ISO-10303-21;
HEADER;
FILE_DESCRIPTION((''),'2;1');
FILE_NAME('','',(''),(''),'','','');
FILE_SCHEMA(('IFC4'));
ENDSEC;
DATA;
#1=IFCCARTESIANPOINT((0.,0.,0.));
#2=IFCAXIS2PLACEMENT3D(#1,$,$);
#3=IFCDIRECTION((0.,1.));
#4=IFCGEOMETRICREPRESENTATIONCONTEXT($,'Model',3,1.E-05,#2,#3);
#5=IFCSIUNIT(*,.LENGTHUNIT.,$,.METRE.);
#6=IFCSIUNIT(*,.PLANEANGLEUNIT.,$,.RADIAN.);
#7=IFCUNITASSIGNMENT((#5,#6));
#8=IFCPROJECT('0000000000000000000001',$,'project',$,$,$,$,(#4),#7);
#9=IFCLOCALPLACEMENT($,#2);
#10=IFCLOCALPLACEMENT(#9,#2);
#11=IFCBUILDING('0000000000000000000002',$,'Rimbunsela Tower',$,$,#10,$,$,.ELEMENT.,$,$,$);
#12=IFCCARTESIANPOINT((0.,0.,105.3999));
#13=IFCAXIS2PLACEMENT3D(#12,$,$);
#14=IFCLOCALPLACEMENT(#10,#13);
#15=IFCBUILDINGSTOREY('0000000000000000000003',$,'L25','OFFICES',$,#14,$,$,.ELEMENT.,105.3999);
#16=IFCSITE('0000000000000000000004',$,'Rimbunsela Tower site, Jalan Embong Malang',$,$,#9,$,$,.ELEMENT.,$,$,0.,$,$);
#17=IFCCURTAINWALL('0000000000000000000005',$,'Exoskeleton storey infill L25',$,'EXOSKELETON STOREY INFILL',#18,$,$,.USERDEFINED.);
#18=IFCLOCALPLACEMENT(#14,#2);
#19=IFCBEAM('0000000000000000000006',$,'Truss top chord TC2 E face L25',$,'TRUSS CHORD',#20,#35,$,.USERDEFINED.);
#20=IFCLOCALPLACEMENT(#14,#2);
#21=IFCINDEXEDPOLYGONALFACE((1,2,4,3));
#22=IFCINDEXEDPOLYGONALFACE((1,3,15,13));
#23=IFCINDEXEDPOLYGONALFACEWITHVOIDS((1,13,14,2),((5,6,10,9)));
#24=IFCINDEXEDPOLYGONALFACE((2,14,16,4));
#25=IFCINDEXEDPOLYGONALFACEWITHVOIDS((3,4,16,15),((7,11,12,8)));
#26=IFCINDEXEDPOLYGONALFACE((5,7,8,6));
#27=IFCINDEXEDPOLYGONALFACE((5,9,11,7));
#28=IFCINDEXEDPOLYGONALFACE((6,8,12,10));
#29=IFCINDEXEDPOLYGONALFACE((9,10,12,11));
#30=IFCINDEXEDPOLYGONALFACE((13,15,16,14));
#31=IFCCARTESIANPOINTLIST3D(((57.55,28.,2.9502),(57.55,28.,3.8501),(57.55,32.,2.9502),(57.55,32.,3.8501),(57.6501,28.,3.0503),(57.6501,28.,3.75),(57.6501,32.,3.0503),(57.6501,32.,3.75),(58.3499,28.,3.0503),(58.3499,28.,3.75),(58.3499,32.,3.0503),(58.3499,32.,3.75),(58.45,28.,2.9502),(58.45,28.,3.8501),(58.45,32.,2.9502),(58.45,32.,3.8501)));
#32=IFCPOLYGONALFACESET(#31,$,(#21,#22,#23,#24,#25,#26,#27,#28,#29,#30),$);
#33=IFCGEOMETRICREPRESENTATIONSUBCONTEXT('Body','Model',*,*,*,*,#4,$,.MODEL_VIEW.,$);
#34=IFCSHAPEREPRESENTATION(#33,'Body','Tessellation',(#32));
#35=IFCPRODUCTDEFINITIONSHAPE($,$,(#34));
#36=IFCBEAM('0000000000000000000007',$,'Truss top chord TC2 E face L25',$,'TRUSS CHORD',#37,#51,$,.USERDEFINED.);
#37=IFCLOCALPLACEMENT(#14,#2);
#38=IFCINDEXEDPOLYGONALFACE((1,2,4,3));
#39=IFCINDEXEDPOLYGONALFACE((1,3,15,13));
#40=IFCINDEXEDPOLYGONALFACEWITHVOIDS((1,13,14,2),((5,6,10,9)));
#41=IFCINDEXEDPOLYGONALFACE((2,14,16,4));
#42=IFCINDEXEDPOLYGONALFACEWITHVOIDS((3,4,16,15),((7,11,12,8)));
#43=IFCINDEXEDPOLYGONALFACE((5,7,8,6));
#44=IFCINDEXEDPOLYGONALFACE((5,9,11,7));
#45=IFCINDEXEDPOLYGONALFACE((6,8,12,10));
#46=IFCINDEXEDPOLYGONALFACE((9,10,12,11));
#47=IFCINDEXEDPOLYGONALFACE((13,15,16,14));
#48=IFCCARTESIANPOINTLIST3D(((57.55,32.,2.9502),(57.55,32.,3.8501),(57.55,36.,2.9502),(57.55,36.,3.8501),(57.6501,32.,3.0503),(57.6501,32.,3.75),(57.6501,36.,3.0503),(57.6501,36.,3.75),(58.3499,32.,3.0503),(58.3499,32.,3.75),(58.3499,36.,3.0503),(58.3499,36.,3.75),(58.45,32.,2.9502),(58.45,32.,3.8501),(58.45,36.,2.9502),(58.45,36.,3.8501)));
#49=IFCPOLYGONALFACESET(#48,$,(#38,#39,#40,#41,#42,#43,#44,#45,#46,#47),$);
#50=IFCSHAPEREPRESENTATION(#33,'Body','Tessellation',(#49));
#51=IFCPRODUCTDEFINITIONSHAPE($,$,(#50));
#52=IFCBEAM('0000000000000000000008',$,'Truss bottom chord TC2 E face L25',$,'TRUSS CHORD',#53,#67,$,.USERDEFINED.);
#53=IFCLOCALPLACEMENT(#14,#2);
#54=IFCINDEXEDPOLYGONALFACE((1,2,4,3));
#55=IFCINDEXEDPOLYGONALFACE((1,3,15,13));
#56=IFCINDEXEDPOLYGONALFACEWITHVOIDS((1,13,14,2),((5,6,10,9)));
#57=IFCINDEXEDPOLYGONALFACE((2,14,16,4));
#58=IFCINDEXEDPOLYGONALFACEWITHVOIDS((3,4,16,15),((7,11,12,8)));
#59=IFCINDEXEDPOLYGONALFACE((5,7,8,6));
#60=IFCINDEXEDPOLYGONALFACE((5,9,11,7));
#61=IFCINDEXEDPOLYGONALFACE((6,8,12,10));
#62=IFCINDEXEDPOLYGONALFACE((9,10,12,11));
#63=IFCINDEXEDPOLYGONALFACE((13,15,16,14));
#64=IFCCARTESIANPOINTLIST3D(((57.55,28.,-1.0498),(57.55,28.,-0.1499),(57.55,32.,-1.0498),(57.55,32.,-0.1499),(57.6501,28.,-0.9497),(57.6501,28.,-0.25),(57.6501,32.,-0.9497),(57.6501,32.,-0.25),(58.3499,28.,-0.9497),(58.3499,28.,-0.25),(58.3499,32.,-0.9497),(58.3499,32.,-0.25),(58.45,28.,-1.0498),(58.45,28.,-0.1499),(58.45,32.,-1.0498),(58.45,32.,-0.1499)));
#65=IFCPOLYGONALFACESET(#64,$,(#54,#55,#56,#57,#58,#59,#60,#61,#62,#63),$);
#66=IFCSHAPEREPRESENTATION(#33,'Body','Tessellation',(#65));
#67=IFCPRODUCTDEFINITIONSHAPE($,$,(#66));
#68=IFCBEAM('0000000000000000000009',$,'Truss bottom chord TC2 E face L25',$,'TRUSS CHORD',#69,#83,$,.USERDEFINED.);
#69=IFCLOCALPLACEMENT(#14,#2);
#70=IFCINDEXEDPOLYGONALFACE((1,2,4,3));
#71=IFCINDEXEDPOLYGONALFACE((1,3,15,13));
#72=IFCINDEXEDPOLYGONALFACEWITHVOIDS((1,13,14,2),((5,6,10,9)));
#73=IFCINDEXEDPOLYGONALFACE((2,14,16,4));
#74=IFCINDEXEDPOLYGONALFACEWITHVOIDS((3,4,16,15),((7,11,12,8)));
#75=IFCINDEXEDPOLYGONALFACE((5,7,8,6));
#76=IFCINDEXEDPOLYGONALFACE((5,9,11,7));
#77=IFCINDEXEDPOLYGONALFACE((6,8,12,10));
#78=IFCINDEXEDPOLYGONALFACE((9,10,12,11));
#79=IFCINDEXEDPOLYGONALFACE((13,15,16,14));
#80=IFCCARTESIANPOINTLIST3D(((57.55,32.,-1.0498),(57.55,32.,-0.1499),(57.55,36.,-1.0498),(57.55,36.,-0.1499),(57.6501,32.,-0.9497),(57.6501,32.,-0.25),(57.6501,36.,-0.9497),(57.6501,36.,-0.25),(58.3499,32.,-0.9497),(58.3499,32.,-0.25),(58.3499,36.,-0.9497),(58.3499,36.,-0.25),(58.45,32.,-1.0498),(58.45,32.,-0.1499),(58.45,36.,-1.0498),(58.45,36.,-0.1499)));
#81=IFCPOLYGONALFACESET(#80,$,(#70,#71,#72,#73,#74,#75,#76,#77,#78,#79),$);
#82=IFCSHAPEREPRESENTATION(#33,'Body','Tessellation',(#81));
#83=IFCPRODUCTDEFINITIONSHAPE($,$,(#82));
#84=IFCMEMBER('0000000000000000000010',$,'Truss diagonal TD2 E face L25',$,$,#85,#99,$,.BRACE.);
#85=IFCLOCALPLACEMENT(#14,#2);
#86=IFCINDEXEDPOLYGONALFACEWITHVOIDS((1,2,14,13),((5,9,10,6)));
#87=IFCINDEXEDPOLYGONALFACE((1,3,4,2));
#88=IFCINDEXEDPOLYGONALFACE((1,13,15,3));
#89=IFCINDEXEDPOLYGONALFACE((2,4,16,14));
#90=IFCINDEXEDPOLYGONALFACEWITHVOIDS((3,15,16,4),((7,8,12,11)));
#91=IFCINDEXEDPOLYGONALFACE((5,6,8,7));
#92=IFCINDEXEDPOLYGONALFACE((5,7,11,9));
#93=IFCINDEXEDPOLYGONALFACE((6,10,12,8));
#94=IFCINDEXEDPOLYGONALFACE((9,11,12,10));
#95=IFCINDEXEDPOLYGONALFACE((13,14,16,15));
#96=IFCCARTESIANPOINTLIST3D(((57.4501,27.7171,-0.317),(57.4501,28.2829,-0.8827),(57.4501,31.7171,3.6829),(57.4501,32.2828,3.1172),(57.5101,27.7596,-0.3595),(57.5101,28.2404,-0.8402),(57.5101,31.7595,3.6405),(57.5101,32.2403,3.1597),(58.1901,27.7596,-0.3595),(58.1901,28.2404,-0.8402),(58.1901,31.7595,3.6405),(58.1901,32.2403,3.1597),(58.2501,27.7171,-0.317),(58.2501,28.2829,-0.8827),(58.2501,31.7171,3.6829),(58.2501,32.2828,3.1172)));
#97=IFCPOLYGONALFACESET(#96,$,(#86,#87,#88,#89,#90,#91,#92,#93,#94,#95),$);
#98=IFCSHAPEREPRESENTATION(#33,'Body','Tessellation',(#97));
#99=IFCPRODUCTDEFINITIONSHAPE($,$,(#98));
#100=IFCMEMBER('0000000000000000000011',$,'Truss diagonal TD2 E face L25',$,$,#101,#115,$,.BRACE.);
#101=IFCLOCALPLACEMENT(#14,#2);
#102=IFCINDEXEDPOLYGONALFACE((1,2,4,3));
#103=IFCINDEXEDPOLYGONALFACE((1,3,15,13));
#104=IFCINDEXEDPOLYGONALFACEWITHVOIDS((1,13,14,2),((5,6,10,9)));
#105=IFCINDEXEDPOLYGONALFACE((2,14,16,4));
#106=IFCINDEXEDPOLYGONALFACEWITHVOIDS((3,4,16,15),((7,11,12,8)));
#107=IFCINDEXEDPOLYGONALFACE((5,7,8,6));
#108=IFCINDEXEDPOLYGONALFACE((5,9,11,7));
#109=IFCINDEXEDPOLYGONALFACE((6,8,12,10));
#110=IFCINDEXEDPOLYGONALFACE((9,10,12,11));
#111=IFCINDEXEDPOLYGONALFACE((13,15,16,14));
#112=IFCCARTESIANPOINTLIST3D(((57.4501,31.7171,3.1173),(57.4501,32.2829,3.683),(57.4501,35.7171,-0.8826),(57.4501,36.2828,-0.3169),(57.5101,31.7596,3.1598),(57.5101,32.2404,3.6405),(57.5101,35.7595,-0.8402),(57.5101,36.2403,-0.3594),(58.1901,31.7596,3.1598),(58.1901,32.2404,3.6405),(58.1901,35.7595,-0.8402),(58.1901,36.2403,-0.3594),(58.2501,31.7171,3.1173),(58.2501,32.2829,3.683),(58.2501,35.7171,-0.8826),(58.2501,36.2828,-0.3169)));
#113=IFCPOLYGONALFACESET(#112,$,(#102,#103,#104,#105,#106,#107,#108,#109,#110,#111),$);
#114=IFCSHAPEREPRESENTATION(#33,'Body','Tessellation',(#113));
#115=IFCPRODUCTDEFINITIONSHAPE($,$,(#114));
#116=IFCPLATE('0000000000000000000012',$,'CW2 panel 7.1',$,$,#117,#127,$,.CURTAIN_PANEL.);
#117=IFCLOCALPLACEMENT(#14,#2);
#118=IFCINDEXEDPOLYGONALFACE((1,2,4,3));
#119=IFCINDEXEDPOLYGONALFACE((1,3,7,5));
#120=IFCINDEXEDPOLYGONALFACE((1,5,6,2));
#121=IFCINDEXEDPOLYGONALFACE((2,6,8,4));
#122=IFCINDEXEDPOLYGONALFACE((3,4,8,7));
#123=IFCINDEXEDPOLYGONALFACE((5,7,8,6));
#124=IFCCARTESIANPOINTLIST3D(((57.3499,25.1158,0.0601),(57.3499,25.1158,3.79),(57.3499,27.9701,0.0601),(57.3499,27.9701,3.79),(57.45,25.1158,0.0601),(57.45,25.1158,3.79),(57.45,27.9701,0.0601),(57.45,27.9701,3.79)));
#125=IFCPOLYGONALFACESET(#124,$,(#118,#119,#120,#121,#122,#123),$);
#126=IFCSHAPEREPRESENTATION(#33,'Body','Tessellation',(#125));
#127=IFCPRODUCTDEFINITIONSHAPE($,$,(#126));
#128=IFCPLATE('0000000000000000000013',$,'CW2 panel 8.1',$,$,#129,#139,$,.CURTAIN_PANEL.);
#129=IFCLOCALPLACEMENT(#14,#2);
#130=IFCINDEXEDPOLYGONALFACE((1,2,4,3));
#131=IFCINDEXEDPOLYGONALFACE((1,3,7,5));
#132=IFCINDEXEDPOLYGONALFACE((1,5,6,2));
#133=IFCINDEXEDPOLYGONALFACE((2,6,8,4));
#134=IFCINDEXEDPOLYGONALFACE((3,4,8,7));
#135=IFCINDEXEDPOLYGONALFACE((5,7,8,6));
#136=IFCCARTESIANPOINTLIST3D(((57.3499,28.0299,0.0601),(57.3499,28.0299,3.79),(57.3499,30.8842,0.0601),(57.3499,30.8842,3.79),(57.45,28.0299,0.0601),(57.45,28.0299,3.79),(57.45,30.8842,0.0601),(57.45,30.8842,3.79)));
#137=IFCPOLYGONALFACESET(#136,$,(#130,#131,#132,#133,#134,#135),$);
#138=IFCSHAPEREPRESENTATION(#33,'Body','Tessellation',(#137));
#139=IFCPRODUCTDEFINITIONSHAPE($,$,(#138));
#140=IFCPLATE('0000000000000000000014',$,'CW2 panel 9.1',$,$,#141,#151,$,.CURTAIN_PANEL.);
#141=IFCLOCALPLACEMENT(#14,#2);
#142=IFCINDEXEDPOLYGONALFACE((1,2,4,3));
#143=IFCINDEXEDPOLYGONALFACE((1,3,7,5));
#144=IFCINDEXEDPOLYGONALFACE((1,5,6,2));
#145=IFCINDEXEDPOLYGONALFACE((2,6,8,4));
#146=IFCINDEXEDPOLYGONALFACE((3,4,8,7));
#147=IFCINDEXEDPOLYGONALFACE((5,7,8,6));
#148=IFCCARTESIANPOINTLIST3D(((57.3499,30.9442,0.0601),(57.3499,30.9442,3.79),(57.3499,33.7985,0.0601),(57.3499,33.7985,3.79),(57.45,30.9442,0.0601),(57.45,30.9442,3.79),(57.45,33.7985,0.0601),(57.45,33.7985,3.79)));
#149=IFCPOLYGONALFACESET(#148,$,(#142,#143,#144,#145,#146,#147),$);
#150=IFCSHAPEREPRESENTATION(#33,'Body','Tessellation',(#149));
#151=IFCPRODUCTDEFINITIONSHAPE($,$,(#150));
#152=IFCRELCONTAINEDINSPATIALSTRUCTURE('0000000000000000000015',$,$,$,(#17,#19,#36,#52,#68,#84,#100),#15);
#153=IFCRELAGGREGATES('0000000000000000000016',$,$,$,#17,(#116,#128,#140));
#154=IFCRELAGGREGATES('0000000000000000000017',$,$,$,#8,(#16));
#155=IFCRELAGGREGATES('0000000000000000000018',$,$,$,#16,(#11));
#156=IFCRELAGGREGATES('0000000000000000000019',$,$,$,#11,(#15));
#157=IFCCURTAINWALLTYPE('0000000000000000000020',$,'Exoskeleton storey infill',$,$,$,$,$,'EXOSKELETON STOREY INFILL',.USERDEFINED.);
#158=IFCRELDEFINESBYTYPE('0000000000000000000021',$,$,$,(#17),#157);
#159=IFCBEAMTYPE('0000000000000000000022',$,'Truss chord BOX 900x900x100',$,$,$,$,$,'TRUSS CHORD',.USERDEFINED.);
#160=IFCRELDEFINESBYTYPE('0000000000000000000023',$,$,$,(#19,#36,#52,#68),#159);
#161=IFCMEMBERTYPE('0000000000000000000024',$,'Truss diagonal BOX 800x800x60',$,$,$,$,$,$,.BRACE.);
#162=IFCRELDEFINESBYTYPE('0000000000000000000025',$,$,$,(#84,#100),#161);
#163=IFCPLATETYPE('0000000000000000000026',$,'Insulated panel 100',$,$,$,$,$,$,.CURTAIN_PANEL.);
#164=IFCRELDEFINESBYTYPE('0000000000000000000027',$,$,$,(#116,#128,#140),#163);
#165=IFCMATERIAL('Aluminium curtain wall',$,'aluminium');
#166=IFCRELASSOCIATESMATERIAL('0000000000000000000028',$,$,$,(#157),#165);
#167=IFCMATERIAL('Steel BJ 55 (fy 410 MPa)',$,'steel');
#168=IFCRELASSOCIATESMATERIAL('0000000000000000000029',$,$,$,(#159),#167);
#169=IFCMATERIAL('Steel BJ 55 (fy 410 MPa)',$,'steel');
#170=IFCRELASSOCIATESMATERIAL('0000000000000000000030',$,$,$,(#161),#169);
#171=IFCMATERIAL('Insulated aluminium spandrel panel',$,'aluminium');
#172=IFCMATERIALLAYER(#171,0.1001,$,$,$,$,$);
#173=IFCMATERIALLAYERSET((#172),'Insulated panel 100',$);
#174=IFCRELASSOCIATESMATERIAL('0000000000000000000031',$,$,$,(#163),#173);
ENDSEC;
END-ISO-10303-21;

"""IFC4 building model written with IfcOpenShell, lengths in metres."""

from ifc_helpers import new_model, si_unit, direction, frame, origin, origin_2d, place, context, subcontext, project, spatial, rectangle, hollow_rectangle, extrude, material, layer, layer_set, material_profile, profile_set, type_object, element, aggregate, save


model = new_model("IFC4")

# Units and contexts
model_context = context("Model", 3, precision=1e-05, world=origin(), true_north=direction((0.0, 1.0)))
body_context = subcontext(model_context, "Body", "Model", "MODEL_VIEW")
ifc_project = project(units=[si_unit("LENGTHUNIT", "METRE"), si_unit("PLANEANGLEUNIT", "RADIAN")], contexts=[model_context])

# Site, building, storey
site_placement = place(None, origin())
site = spatial("IfcSite", under=ifc_project, at=site_placement, Name="Rimbunsela Tower site, Jalan Embong Malang", CompositionType="ELEMENT", RefElevation=0.0)
building_placement = place(site_placement, origin())
building = spatial("IfcBuilding", under=site, at=building_placement, Name="Rimbunsela Tower", CompositionType="ELEMENT")
storey_placement = place(building_placement, frame((0.0, 0.0, 105.3999)))
storey = spatial("IfcBuildingStorey", under=building, at=storey_placement, Name="L25", Description="OFFICES", CompositionType="ELEMENT", Elevation=105.3999)

# Curtain wall
ifc_material_1 = material(Name="Aluminium curtain wall", Category="aluminium")
curtain_wall_type = type_object("IfcCurtainWallType", Name="Exoskeleton storey infill", ElementType="EXOSKELETON STOREY INFILL", PredefinedType="USERDEFINED", material=ifc_material_1)
curtain_wall_placement = place(storey_placement, origin())
curtain_wall = element("IfcCurtainWall", 1, at=curtain_wall_placement, inside=storey, type_object=curtain_wall_type, Name="Exoskeleton storey infill L25", ObjectType="EXOSKELETON STOREY INFILL", PredefinedType="USERDEFINED")

# Beams
ifc_material_2 = material(Name="Steel BJ 55 (fy 410 MPa)", Category="steel")
ifc_material_profile_1 = material_profile(ifc_material_2, hollow_rectangle(XDim=0.8999, YDim=0.8999, WallThickness=0.1001, at=origin_2d()), Name="BOX 900x900x100")
ifc_profile_set_1 = profile_set([ifc_material_profile_1], Name="Steel BJ 55 (fy 410 MPa)")
beam_type = type_object("IfcBeamType", Name="Truss chord BOX 900x900x100", ElementType="TRUSS CHORD", PredefinedType="USERDEFINED", material=ifc_profile_set_1)
for number, where, z_axis, x_axis, name in (
    (2, (58.0, 28.0, 3.4001), (0.0, 1.0, 0.0), (-1.0, 0.0, 0.0), "Truss top chord TC2 E face L25"),
    (3, (58.0, 32.0, 3.4001), (0.0, 1.0, 0.0), (-1.0, 0.0, 0.0), "Truss top chord TC2 E face L25"),
    (4, (58.0, 28.0, -0.5999), (0.0, 1.0, 0.0), (-1.0, 0.0, 0.0), "Truss bottom chord TC2 E face L25"),
    (5, (58.0, 32.0, -0.5999), (0.0, 1.0, 0.0), (-1.0, 0.0, 0.0), "Truss bottom chord TC2 E face L25"),
):
    element("IfcBeam", number, at=place(storey_placement, frame(where, z_axis=z_axis, x_axis=x_axis)), inside=storey, type_object=beam_type, Name=name, ObjectType="TRUSS CHORD", PredefinedType="USERDEFINED", context=body_context, shape_type="SweptSolid", body=[
        extrude(hollow_rectangle(XDim=0.8999, YDim=0.8999, WallThickness=0.1001, at=origin_2d()), origin(), (0.0, 0.0, 1.0), 4.0),
    ])

# Members
ifc_material_3 = material(Name="Steel BJ 55 (fy 410 MPa)", Category="steel")
ifc_material_profile_2 = material_profile(ifc_material_3, hollow_rectangle(XDim=0.8, YDim=0.8, WallThickness=0.0601, at=origin_2d()), Name="BOX 800x800x60")
ifc_profile_set_2 = profile_set([ifc_material_profile_2], Name="Steel BJ 55 (fy 410 MPa)")
member_type_1 = type_object("IfcMemberType", Name="Truss diagonal BOX 800x800x60", PredefinedType="BRACE", material=ifc_profile_set_2)
for number, where, z_axis, x_axis, name in (
    (6, (57.8501, 28.0, -0.5999), (0.0, 0.707107, 0.707107), (-1.0, 0.0, 0.0), "Truss diagonal TD2 E face L25"),
    (7, (57.8501, 32.0, 3.4001), (0.0, 0.707107, -0.707107), (-1.0, 0.0, 0.0), "Truss diagonal TD2 E face L25"),
):
    element("IfcMember", number, at=place(storey_placement, frame(where, z_axis=z_axis, x_axis=x_axis)), inside=storey, type_object=member_type_1, Name=name, PredefinedType="BRACE", context=body_context, shape_type="SweptSolid", body=[
        extrude(hollow_rectangle(XDim=0.8, YDim=0.8, WallThickness=0.0601, at=origin_2d()), origin(), (0.0, 0.0, 1.0), 5.6567),
    ])

# Plates
ifc_material_4 = material(Name="Insulated aluminium spandrel panel", Category="aluminium")
ifc_layer = layer(ifc_material_4, 0.1001)
ifc_layer_set = layer_set([ifc_layer], Name="Insulated panel 100")
plate_type = type_object("IfcPlateType", Name="Insulated panel 100", PredefinedType="CURTAIN_PANEL", material=ifc_layer_set)
plate_1_placement = place(storey_placement, frame((57.3999, 26.543, 0.0601), z_axis=(0.0, 0.0, 1.0), x_axis=(0.0, 1.0, 0.0)))
plate_1 = element("IfcPlate", 8, at=plate_1_placement, type_object=plate_type, Name="CW2 panel 7.1", PredefinedType="CURTAIN_PANEL", context=body_context, shape_type="SweptSolid", body=[
    extrude(rectangle(XDim=2.8542, YDim=0.1001, at=origin_2d()), origin(), (0.0, 0.0, 1.0), 3.73),
])
plate_2_placement = place(storey_placement, frame((57.3999, 29.457, 0.0601), z_axis=(0.0, 0.0, 1.0), x_axis=(0.0, 1.0, 0.0)))
plate_2 = element("IfcPlate", 9, at=plate_2_placement, type_object=plate_type, Name="CW2 panel 8.1", PredefinedType="CURTAIN_PANEL", context=body_context, shape_type="SweptSolid", body=[
    extrude(rectangle(XDim=2.8542, YDim=0.1001, at=origin_2d()), origin(), (0.0, 0.0, 1.0), 3.73),
])
plate_3_placement = place(storey_placement, frame((57.3999, 32.3713, 0.0601), z_axis=(0.0, 0.0, 1.0), x_axis=(0.0, 1.0, 0.0)))
plate_3 = element("IfcPlate", 10, at=plate_3_placement, type_object=plate_type, Name="CW2 panel 9.1", PredefinedType="CURTAIN_PANEL", context=body_context, shape_type="SweptSolid", body=[
    extrude(rectangle(XDim=2.8542, YDim=0.1001, at=origin_2d()), origin(), (0.0, 0.0, 1.0), 3.73),
])
aggregate(curtain_wall, [plate_1, plate_2, plate_3])

save(model, "model.ifc")
